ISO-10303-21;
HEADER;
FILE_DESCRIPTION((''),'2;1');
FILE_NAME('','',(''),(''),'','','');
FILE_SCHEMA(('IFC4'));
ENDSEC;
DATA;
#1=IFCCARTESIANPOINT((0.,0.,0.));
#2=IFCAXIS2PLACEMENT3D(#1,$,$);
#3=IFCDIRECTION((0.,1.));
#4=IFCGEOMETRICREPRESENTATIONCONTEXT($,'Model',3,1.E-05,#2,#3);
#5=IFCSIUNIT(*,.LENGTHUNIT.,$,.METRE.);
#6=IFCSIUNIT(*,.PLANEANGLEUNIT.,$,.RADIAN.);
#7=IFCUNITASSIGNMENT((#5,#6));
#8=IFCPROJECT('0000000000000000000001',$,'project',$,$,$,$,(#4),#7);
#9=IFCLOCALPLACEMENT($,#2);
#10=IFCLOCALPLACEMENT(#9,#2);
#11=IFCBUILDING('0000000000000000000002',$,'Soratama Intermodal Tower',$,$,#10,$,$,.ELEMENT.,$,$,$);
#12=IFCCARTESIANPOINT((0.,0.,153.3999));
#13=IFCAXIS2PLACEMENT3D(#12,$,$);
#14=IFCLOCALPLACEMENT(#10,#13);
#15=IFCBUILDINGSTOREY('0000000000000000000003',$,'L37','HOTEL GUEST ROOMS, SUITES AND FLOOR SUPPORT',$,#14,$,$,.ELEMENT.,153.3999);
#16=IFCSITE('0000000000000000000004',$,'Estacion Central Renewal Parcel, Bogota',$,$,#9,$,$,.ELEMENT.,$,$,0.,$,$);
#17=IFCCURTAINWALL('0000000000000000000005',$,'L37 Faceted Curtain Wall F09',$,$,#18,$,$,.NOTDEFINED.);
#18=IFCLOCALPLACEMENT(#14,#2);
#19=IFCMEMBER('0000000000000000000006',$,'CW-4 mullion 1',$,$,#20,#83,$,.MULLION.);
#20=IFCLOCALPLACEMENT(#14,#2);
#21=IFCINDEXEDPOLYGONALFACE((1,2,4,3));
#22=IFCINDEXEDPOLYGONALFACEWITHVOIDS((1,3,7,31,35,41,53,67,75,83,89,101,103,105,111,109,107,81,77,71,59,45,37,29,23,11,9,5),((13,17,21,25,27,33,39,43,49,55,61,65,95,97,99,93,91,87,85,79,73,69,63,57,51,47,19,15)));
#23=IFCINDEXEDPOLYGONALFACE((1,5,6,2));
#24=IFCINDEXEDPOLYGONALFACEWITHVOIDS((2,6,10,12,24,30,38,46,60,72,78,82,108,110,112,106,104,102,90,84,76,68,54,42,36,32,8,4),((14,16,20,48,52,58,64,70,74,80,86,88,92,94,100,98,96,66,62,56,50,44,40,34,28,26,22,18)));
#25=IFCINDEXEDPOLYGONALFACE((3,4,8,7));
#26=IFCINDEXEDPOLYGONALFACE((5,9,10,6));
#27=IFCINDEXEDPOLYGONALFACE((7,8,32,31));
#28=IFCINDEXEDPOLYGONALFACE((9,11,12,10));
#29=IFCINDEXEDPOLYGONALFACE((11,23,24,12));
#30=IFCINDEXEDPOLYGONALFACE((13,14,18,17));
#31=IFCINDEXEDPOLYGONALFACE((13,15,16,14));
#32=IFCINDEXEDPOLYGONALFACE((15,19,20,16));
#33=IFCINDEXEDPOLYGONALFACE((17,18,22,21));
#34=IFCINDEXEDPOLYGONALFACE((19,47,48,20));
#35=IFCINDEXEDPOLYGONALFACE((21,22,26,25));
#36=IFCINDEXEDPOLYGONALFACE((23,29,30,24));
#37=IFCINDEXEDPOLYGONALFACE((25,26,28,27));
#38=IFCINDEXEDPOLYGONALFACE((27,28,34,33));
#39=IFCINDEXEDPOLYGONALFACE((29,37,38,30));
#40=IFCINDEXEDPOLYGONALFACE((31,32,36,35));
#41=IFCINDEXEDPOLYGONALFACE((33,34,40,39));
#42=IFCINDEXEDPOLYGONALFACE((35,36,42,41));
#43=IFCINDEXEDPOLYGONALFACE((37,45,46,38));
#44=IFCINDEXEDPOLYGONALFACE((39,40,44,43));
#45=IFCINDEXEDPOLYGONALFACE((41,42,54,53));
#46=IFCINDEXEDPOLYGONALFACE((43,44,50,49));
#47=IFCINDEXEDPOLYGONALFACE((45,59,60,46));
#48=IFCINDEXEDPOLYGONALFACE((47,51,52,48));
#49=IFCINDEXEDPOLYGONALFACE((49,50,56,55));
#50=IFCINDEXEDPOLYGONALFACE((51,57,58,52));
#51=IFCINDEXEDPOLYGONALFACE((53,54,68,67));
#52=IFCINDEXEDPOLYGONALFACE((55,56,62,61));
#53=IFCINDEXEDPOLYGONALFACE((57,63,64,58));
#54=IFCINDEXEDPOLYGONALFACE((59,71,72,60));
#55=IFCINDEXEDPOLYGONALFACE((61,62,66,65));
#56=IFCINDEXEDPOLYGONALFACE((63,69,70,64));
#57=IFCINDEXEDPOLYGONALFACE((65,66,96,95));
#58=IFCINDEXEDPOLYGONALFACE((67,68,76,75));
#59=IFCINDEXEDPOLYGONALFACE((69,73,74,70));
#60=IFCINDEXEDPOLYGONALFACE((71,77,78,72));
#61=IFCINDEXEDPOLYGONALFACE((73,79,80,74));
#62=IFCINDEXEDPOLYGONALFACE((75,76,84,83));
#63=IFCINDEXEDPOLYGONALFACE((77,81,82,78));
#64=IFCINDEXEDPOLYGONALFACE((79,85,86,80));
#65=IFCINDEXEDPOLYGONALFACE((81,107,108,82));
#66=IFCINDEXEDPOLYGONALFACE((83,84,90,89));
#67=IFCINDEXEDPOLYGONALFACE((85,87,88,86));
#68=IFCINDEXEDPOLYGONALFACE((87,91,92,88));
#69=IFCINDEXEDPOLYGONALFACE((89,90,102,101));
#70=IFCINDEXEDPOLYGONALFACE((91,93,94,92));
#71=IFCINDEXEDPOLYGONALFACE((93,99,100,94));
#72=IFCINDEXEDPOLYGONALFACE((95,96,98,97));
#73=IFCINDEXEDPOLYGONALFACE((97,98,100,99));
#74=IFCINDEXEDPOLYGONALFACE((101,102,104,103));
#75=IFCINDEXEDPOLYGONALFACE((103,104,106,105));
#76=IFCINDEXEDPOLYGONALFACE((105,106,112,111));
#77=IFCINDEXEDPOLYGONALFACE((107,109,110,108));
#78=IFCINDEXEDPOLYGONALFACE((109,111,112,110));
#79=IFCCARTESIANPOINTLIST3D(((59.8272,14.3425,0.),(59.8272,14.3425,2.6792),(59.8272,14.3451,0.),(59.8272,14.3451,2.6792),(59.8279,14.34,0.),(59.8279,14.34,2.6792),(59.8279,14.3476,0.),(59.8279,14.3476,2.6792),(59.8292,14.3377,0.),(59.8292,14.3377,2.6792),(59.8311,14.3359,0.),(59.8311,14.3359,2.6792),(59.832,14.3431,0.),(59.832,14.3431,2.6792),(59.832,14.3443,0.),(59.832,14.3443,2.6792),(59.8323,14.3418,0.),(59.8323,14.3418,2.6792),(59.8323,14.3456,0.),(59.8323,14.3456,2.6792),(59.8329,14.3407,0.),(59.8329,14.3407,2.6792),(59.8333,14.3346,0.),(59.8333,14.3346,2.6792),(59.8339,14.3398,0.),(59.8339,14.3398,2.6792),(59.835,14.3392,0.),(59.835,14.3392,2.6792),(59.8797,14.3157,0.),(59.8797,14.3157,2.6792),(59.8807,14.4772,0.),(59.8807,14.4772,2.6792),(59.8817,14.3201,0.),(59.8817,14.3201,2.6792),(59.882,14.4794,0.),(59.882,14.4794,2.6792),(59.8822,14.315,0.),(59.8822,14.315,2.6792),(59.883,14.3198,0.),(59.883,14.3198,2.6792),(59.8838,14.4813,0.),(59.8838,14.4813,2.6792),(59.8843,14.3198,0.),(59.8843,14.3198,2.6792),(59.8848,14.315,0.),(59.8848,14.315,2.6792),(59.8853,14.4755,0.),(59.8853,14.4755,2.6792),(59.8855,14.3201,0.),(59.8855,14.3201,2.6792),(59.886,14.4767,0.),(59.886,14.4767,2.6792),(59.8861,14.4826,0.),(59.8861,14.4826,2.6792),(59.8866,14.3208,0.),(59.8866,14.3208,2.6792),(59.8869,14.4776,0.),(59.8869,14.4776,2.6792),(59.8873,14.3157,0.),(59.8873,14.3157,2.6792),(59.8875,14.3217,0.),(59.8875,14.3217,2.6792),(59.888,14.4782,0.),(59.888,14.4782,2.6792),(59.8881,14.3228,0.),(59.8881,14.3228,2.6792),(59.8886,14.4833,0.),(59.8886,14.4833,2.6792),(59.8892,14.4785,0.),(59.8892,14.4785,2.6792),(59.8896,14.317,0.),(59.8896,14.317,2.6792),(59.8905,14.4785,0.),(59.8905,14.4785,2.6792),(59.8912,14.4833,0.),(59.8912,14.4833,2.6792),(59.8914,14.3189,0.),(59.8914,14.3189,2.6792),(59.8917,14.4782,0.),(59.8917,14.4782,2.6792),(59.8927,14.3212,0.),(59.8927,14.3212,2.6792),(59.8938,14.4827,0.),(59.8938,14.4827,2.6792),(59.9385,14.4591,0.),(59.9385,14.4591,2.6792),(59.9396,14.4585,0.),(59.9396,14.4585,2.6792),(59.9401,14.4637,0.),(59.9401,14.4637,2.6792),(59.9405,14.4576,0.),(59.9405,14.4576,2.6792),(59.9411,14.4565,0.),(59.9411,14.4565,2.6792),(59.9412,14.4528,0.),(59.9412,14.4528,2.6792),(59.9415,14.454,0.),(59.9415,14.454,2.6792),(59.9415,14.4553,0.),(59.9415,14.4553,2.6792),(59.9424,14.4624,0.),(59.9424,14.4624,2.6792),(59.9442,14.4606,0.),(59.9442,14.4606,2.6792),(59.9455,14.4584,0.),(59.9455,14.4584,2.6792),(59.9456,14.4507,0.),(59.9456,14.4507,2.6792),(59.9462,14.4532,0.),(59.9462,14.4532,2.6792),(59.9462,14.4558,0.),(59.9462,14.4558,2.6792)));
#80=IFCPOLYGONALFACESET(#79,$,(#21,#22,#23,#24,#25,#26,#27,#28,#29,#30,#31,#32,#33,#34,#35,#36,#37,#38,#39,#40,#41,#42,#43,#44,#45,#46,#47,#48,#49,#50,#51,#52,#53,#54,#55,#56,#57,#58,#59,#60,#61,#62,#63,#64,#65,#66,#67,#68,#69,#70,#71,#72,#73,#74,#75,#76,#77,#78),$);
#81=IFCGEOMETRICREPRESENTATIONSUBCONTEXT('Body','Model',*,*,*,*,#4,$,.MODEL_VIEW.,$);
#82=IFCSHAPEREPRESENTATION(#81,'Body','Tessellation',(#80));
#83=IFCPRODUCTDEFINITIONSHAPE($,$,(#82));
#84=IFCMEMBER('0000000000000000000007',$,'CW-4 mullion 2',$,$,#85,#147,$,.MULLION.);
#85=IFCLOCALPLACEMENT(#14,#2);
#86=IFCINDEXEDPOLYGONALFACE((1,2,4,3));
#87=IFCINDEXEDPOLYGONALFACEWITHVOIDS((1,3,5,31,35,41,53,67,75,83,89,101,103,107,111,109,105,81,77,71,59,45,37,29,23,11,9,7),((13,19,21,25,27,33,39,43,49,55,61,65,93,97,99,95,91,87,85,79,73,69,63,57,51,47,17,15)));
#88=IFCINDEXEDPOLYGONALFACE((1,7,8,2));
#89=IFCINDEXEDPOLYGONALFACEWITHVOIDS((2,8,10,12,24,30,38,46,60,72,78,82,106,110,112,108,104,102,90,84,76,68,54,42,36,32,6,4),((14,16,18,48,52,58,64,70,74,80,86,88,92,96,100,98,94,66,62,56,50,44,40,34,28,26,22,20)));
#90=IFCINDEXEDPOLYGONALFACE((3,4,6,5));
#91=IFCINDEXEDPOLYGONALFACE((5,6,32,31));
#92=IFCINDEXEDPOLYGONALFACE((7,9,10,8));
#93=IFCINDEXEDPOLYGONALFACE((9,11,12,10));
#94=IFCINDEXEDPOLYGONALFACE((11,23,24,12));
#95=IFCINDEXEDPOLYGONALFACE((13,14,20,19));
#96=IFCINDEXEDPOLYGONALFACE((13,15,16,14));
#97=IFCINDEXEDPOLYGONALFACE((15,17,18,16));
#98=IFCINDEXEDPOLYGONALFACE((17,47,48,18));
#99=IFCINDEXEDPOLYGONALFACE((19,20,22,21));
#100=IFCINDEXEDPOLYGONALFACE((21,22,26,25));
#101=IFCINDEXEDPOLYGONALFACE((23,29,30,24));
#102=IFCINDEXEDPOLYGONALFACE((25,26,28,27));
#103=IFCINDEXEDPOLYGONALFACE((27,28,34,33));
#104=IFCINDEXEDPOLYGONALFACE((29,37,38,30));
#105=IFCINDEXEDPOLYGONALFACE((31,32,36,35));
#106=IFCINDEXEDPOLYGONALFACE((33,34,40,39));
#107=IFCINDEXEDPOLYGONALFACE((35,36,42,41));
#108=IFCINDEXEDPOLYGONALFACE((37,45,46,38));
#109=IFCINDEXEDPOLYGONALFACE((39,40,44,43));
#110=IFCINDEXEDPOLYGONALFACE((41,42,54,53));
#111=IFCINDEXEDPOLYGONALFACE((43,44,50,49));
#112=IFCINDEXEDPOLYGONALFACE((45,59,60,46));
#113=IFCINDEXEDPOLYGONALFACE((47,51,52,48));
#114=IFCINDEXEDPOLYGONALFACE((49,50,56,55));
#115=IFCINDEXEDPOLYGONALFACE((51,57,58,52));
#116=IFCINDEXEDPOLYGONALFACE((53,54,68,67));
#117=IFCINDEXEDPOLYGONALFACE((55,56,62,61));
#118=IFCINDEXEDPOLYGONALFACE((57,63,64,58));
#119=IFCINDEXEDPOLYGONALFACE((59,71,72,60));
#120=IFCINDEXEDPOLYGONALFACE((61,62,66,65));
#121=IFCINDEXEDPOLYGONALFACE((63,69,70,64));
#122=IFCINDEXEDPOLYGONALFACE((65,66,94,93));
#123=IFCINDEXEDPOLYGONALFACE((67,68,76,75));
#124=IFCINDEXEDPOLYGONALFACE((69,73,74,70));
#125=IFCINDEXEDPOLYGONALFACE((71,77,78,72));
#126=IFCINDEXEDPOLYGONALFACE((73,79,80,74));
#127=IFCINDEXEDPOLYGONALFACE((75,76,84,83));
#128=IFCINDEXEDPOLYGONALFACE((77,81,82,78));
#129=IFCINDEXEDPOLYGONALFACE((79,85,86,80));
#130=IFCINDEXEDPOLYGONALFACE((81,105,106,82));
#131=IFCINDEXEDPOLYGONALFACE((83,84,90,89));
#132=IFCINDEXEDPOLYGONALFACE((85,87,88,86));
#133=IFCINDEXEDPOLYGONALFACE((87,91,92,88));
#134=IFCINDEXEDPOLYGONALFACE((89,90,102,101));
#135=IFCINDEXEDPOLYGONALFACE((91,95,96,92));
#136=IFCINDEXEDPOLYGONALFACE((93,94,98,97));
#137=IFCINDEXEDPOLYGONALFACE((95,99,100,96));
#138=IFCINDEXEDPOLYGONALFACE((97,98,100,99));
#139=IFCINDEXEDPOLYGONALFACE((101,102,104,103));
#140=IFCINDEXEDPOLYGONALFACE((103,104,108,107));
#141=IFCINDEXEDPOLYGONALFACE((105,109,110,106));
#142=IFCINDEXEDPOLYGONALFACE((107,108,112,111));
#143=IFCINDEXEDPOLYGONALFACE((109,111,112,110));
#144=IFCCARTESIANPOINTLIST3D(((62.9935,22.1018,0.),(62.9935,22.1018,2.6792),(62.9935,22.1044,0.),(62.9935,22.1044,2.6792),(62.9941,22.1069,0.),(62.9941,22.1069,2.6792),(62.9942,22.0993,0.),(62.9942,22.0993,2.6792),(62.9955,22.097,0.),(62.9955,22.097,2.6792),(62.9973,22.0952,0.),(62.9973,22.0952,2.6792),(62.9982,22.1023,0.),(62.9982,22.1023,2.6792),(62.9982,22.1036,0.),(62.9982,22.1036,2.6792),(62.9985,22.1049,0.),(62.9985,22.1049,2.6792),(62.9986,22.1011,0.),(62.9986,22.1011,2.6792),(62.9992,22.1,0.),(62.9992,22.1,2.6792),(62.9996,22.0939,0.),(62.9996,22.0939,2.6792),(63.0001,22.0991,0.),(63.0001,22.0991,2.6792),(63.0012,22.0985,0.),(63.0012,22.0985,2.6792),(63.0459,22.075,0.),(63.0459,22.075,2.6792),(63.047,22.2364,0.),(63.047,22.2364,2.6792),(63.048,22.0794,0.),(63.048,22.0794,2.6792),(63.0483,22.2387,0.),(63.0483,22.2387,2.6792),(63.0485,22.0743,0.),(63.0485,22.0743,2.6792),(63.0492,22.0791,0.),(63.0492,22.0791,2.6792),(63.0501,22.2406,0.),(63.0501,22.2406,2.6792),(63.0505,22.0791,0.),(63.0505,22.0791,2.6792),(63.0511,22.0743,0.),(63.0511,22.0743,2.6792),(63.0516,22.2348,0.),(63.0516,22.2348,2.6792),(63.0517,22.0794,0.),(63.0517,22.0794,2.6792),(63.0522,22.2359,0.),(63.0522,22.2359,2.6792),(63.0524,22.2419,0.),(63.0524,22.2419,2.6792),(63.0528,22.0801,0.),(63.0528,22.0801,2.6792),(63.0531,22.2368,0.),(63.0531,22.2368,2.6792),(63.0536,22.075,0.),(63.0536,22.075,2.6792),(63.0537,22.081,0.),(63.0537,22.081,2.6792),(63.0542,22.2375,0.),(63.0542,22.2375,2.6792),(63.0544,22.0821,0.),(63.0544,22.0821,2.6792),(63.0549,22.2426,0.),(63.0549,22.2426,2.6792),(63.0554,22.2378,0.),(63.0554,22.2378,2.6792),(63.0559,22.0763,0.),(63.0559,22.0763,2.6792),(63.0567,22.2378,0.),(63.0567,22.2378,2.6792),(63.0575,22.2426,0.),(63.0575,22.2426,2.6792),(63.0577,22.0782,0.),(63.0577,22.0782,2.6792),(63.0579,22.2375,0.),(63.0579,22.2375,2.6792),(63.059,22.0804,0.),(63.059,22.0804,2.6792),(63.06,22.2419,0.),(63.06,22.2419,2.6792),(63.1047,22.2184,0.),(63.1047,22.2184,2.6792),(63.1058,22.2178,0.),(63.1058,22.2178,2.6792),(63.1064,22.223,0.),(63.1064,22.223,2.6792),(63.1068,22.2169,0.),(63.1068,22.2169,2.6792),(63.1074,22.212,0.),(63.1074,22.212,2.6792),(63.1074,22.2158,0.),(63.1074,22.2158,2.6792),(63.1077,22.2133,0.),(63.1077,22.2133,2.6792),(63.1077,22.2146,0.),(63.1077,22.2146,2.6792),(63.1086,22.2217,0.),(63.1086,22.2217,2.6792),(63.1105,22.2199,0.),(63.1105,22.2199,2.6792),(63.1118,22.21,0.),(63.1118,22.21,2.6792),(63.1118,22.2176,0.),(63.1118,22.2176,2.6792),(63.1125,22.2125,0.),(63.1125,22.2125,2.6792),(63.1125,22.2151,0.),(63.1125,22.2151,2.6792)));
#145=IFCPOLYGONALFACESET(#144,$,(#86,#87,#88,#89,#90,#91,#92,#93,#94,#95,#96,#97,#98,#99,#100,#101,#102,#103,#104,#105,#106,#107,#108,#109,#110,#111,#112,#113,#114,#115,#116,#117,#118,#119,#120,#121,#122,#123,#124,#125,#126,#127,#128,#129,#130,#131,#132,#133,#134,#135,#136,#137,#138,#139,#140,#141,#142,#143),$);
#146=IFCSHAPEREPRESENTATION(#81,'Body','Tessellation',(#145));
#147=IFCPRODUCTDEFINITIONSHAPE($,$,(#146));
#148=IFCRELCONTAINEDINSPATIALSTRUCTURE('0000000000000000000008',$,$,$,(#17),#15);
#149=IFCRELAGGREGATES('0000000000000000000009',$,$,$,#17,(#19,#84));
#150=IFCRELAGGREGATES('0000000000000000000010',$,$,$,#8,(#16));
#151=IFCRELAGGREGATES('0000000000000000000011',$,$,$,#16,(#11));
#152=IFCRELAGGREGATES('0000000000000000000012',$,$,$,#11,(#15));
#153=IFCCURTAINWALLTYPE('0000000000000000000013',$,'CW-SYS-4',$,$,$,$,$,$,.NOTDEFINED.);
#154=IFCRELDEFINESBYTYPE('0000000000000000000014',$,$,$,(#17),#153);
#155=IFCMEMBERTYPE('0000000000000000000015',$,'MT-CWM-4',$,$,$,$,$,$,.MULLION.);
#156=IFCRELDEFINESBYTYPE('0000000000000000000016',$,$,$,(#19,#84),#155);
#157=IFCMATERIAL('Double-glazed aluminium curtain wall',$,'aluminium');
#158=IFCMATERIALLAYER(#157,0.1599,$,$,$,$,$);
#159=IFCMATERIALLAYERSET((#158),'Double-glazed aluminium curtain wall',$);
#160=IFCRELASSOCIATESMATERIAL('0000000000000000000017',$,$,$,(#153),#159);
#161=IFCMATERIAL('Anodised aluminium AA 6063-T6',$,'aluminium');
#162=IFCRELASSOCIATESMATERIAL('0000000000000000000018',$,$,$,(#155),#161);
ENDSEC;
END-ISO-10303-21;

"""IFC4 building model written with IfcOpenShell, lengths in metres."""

from ifc_helpers import new_model, si_unit, direction, frame, origin, origin_2d, place, context, subcontext, project, spatial, hollow_rectangle, extrude, material, layer, layer_set, material_profile, profile_set, type_object, element, aggregate, save


model = new_model("IFC4")

# Units and contexts
model_context = context("Model", 3, precision=1e-05, world=origin(), true_north=direction((0.0, 1.0)))
body_context = subcontext(model_context, "Body", "Model", "MODEL_VIEW")
ifc_project = project(units=[si_unit("LENGTHUNIT", "METRE"), si_unit("PLANEANGLEUNIT", "RADIAN")], contexts=[model_context])

# Site, building, storey
site_placement = place(None, origin())
site = spatial("IfcSite", under=ifc_project, at=site_placement, Name="Estacion Central Renewal Parcel, Bogota", CompositionType="ELEMENT", RefElevation=0.0)
building_placement = place(site_placement, origin())
building = spatial("IfcBuilding", under=site, at=building_placement, Name="Soratama Intermodal Tower", CompositionType="ELEMENT")
storey_placement = place(building_placement, frame((0.0, 0.0, 153.3999)))
storey = spatial("IfcBuildingStorey", under=building, at=storey_placement, Name="L37", Description="HOTEL GUEST ROOMS, SUITES AND FLOOR SUPPORT", CompositionType="ELEMENT", Elevation=153.3999)

# Curtain wall, members
ifc_material_1 = material(Name="Double-glazed aluminium curtain wall", Category="aluminium")
ifc_layer_1 = layer(ifc_material_1, 0.1599)
ifc_layer_set_1 = layer_set([ifc_layer_1], Name="Double-glazed aluminium curtain wall")
curtain_wall_type = type_object("IfcCurtainWallType", Name="CW-SYS-4", PredefinedType="NOTDEFINED", material=ifc_layer_set_1)
curtain_wall_placement = place(storey_placement, origin())
curtain_wall = element("IfcCurtainWall", 1, at=curtain_wall_placement, inside=storey, type_object=curtain_wall_type, Name="L37 Faceted Curtain Wall F09", PredefinedType="NOTDEFINED")
ifc_material_2 = material(Name="Anodised aluminium AA 6063-T6", Category="aluminium")
ifc_material_profile_1 = material_profile(ifc_material_2, hollow_rectangle(XDim=0.0701, YDim=0.1599, WallThickness=0.0049, InnerFilletRadius=0.0049, OuterFilletRadius=0.01, at=origin_2d()), Name="CWM160X70X5")
ifc_profile_set_1 = profile_set([ifc_material_profile_1], Name="Anodised aluminium AA 6063-T6")
member_type_1 = type_object("IfcMemberType", Name="MT-CWM-4", PredefinedType="MULLION", material=ifc_profile_set_1)
member_1_placement = place(storey_placement, frame((59.8867, 14.3992, 0.0), z_axis=(0.0, 0.0, 1.0), x_axis=(-0.925873, 0.377835, 0.0)))
member_1 = element("IfcMember", 2, at=member_1_placement, type_object=member_type_1, Name="CW-4 mullion 1", PredefinedType="MULLION", context=body_context, shape_type="SweptSolid", body=[
    extrude(hollow_rectangle(XDim=0.0701, YDim=0.1599, WallThickness=0.0049, InnerFilletRadius=0.0049, OuterFilletRadius=0.01, at=origin_2d()), origin(), (0.0, 0.0, 1.0), 2.6792),
])
member_2_placement = place(storey_placement, frame((63.053, 22.1584, 0.0), z_axis=(0.0, 0.0, 1.0), x_axis=(-0.925873, 0.377835, 0.0)))
member_2 = element("IfcMember", 3, at=member_2_placement, type_object=member_type_1, Name="CW-4 mullion 2", PredefinedType="MULLION", context=body_context, shape_type="SweptSolid", body=[
    extrude(hollow_rectangle(XDim=0.0701, YDim=0.1599, WallThickness=0.0049, InnerFilletRadius=0.0049, OuterFilletRadius=0.01, at=origin_2d()), origin(), (0.0, 0.0, 1.0), 2.6792),
])
aggregate(curtain_wall, [member_1, member_2])

save(model, "model.ifc")
